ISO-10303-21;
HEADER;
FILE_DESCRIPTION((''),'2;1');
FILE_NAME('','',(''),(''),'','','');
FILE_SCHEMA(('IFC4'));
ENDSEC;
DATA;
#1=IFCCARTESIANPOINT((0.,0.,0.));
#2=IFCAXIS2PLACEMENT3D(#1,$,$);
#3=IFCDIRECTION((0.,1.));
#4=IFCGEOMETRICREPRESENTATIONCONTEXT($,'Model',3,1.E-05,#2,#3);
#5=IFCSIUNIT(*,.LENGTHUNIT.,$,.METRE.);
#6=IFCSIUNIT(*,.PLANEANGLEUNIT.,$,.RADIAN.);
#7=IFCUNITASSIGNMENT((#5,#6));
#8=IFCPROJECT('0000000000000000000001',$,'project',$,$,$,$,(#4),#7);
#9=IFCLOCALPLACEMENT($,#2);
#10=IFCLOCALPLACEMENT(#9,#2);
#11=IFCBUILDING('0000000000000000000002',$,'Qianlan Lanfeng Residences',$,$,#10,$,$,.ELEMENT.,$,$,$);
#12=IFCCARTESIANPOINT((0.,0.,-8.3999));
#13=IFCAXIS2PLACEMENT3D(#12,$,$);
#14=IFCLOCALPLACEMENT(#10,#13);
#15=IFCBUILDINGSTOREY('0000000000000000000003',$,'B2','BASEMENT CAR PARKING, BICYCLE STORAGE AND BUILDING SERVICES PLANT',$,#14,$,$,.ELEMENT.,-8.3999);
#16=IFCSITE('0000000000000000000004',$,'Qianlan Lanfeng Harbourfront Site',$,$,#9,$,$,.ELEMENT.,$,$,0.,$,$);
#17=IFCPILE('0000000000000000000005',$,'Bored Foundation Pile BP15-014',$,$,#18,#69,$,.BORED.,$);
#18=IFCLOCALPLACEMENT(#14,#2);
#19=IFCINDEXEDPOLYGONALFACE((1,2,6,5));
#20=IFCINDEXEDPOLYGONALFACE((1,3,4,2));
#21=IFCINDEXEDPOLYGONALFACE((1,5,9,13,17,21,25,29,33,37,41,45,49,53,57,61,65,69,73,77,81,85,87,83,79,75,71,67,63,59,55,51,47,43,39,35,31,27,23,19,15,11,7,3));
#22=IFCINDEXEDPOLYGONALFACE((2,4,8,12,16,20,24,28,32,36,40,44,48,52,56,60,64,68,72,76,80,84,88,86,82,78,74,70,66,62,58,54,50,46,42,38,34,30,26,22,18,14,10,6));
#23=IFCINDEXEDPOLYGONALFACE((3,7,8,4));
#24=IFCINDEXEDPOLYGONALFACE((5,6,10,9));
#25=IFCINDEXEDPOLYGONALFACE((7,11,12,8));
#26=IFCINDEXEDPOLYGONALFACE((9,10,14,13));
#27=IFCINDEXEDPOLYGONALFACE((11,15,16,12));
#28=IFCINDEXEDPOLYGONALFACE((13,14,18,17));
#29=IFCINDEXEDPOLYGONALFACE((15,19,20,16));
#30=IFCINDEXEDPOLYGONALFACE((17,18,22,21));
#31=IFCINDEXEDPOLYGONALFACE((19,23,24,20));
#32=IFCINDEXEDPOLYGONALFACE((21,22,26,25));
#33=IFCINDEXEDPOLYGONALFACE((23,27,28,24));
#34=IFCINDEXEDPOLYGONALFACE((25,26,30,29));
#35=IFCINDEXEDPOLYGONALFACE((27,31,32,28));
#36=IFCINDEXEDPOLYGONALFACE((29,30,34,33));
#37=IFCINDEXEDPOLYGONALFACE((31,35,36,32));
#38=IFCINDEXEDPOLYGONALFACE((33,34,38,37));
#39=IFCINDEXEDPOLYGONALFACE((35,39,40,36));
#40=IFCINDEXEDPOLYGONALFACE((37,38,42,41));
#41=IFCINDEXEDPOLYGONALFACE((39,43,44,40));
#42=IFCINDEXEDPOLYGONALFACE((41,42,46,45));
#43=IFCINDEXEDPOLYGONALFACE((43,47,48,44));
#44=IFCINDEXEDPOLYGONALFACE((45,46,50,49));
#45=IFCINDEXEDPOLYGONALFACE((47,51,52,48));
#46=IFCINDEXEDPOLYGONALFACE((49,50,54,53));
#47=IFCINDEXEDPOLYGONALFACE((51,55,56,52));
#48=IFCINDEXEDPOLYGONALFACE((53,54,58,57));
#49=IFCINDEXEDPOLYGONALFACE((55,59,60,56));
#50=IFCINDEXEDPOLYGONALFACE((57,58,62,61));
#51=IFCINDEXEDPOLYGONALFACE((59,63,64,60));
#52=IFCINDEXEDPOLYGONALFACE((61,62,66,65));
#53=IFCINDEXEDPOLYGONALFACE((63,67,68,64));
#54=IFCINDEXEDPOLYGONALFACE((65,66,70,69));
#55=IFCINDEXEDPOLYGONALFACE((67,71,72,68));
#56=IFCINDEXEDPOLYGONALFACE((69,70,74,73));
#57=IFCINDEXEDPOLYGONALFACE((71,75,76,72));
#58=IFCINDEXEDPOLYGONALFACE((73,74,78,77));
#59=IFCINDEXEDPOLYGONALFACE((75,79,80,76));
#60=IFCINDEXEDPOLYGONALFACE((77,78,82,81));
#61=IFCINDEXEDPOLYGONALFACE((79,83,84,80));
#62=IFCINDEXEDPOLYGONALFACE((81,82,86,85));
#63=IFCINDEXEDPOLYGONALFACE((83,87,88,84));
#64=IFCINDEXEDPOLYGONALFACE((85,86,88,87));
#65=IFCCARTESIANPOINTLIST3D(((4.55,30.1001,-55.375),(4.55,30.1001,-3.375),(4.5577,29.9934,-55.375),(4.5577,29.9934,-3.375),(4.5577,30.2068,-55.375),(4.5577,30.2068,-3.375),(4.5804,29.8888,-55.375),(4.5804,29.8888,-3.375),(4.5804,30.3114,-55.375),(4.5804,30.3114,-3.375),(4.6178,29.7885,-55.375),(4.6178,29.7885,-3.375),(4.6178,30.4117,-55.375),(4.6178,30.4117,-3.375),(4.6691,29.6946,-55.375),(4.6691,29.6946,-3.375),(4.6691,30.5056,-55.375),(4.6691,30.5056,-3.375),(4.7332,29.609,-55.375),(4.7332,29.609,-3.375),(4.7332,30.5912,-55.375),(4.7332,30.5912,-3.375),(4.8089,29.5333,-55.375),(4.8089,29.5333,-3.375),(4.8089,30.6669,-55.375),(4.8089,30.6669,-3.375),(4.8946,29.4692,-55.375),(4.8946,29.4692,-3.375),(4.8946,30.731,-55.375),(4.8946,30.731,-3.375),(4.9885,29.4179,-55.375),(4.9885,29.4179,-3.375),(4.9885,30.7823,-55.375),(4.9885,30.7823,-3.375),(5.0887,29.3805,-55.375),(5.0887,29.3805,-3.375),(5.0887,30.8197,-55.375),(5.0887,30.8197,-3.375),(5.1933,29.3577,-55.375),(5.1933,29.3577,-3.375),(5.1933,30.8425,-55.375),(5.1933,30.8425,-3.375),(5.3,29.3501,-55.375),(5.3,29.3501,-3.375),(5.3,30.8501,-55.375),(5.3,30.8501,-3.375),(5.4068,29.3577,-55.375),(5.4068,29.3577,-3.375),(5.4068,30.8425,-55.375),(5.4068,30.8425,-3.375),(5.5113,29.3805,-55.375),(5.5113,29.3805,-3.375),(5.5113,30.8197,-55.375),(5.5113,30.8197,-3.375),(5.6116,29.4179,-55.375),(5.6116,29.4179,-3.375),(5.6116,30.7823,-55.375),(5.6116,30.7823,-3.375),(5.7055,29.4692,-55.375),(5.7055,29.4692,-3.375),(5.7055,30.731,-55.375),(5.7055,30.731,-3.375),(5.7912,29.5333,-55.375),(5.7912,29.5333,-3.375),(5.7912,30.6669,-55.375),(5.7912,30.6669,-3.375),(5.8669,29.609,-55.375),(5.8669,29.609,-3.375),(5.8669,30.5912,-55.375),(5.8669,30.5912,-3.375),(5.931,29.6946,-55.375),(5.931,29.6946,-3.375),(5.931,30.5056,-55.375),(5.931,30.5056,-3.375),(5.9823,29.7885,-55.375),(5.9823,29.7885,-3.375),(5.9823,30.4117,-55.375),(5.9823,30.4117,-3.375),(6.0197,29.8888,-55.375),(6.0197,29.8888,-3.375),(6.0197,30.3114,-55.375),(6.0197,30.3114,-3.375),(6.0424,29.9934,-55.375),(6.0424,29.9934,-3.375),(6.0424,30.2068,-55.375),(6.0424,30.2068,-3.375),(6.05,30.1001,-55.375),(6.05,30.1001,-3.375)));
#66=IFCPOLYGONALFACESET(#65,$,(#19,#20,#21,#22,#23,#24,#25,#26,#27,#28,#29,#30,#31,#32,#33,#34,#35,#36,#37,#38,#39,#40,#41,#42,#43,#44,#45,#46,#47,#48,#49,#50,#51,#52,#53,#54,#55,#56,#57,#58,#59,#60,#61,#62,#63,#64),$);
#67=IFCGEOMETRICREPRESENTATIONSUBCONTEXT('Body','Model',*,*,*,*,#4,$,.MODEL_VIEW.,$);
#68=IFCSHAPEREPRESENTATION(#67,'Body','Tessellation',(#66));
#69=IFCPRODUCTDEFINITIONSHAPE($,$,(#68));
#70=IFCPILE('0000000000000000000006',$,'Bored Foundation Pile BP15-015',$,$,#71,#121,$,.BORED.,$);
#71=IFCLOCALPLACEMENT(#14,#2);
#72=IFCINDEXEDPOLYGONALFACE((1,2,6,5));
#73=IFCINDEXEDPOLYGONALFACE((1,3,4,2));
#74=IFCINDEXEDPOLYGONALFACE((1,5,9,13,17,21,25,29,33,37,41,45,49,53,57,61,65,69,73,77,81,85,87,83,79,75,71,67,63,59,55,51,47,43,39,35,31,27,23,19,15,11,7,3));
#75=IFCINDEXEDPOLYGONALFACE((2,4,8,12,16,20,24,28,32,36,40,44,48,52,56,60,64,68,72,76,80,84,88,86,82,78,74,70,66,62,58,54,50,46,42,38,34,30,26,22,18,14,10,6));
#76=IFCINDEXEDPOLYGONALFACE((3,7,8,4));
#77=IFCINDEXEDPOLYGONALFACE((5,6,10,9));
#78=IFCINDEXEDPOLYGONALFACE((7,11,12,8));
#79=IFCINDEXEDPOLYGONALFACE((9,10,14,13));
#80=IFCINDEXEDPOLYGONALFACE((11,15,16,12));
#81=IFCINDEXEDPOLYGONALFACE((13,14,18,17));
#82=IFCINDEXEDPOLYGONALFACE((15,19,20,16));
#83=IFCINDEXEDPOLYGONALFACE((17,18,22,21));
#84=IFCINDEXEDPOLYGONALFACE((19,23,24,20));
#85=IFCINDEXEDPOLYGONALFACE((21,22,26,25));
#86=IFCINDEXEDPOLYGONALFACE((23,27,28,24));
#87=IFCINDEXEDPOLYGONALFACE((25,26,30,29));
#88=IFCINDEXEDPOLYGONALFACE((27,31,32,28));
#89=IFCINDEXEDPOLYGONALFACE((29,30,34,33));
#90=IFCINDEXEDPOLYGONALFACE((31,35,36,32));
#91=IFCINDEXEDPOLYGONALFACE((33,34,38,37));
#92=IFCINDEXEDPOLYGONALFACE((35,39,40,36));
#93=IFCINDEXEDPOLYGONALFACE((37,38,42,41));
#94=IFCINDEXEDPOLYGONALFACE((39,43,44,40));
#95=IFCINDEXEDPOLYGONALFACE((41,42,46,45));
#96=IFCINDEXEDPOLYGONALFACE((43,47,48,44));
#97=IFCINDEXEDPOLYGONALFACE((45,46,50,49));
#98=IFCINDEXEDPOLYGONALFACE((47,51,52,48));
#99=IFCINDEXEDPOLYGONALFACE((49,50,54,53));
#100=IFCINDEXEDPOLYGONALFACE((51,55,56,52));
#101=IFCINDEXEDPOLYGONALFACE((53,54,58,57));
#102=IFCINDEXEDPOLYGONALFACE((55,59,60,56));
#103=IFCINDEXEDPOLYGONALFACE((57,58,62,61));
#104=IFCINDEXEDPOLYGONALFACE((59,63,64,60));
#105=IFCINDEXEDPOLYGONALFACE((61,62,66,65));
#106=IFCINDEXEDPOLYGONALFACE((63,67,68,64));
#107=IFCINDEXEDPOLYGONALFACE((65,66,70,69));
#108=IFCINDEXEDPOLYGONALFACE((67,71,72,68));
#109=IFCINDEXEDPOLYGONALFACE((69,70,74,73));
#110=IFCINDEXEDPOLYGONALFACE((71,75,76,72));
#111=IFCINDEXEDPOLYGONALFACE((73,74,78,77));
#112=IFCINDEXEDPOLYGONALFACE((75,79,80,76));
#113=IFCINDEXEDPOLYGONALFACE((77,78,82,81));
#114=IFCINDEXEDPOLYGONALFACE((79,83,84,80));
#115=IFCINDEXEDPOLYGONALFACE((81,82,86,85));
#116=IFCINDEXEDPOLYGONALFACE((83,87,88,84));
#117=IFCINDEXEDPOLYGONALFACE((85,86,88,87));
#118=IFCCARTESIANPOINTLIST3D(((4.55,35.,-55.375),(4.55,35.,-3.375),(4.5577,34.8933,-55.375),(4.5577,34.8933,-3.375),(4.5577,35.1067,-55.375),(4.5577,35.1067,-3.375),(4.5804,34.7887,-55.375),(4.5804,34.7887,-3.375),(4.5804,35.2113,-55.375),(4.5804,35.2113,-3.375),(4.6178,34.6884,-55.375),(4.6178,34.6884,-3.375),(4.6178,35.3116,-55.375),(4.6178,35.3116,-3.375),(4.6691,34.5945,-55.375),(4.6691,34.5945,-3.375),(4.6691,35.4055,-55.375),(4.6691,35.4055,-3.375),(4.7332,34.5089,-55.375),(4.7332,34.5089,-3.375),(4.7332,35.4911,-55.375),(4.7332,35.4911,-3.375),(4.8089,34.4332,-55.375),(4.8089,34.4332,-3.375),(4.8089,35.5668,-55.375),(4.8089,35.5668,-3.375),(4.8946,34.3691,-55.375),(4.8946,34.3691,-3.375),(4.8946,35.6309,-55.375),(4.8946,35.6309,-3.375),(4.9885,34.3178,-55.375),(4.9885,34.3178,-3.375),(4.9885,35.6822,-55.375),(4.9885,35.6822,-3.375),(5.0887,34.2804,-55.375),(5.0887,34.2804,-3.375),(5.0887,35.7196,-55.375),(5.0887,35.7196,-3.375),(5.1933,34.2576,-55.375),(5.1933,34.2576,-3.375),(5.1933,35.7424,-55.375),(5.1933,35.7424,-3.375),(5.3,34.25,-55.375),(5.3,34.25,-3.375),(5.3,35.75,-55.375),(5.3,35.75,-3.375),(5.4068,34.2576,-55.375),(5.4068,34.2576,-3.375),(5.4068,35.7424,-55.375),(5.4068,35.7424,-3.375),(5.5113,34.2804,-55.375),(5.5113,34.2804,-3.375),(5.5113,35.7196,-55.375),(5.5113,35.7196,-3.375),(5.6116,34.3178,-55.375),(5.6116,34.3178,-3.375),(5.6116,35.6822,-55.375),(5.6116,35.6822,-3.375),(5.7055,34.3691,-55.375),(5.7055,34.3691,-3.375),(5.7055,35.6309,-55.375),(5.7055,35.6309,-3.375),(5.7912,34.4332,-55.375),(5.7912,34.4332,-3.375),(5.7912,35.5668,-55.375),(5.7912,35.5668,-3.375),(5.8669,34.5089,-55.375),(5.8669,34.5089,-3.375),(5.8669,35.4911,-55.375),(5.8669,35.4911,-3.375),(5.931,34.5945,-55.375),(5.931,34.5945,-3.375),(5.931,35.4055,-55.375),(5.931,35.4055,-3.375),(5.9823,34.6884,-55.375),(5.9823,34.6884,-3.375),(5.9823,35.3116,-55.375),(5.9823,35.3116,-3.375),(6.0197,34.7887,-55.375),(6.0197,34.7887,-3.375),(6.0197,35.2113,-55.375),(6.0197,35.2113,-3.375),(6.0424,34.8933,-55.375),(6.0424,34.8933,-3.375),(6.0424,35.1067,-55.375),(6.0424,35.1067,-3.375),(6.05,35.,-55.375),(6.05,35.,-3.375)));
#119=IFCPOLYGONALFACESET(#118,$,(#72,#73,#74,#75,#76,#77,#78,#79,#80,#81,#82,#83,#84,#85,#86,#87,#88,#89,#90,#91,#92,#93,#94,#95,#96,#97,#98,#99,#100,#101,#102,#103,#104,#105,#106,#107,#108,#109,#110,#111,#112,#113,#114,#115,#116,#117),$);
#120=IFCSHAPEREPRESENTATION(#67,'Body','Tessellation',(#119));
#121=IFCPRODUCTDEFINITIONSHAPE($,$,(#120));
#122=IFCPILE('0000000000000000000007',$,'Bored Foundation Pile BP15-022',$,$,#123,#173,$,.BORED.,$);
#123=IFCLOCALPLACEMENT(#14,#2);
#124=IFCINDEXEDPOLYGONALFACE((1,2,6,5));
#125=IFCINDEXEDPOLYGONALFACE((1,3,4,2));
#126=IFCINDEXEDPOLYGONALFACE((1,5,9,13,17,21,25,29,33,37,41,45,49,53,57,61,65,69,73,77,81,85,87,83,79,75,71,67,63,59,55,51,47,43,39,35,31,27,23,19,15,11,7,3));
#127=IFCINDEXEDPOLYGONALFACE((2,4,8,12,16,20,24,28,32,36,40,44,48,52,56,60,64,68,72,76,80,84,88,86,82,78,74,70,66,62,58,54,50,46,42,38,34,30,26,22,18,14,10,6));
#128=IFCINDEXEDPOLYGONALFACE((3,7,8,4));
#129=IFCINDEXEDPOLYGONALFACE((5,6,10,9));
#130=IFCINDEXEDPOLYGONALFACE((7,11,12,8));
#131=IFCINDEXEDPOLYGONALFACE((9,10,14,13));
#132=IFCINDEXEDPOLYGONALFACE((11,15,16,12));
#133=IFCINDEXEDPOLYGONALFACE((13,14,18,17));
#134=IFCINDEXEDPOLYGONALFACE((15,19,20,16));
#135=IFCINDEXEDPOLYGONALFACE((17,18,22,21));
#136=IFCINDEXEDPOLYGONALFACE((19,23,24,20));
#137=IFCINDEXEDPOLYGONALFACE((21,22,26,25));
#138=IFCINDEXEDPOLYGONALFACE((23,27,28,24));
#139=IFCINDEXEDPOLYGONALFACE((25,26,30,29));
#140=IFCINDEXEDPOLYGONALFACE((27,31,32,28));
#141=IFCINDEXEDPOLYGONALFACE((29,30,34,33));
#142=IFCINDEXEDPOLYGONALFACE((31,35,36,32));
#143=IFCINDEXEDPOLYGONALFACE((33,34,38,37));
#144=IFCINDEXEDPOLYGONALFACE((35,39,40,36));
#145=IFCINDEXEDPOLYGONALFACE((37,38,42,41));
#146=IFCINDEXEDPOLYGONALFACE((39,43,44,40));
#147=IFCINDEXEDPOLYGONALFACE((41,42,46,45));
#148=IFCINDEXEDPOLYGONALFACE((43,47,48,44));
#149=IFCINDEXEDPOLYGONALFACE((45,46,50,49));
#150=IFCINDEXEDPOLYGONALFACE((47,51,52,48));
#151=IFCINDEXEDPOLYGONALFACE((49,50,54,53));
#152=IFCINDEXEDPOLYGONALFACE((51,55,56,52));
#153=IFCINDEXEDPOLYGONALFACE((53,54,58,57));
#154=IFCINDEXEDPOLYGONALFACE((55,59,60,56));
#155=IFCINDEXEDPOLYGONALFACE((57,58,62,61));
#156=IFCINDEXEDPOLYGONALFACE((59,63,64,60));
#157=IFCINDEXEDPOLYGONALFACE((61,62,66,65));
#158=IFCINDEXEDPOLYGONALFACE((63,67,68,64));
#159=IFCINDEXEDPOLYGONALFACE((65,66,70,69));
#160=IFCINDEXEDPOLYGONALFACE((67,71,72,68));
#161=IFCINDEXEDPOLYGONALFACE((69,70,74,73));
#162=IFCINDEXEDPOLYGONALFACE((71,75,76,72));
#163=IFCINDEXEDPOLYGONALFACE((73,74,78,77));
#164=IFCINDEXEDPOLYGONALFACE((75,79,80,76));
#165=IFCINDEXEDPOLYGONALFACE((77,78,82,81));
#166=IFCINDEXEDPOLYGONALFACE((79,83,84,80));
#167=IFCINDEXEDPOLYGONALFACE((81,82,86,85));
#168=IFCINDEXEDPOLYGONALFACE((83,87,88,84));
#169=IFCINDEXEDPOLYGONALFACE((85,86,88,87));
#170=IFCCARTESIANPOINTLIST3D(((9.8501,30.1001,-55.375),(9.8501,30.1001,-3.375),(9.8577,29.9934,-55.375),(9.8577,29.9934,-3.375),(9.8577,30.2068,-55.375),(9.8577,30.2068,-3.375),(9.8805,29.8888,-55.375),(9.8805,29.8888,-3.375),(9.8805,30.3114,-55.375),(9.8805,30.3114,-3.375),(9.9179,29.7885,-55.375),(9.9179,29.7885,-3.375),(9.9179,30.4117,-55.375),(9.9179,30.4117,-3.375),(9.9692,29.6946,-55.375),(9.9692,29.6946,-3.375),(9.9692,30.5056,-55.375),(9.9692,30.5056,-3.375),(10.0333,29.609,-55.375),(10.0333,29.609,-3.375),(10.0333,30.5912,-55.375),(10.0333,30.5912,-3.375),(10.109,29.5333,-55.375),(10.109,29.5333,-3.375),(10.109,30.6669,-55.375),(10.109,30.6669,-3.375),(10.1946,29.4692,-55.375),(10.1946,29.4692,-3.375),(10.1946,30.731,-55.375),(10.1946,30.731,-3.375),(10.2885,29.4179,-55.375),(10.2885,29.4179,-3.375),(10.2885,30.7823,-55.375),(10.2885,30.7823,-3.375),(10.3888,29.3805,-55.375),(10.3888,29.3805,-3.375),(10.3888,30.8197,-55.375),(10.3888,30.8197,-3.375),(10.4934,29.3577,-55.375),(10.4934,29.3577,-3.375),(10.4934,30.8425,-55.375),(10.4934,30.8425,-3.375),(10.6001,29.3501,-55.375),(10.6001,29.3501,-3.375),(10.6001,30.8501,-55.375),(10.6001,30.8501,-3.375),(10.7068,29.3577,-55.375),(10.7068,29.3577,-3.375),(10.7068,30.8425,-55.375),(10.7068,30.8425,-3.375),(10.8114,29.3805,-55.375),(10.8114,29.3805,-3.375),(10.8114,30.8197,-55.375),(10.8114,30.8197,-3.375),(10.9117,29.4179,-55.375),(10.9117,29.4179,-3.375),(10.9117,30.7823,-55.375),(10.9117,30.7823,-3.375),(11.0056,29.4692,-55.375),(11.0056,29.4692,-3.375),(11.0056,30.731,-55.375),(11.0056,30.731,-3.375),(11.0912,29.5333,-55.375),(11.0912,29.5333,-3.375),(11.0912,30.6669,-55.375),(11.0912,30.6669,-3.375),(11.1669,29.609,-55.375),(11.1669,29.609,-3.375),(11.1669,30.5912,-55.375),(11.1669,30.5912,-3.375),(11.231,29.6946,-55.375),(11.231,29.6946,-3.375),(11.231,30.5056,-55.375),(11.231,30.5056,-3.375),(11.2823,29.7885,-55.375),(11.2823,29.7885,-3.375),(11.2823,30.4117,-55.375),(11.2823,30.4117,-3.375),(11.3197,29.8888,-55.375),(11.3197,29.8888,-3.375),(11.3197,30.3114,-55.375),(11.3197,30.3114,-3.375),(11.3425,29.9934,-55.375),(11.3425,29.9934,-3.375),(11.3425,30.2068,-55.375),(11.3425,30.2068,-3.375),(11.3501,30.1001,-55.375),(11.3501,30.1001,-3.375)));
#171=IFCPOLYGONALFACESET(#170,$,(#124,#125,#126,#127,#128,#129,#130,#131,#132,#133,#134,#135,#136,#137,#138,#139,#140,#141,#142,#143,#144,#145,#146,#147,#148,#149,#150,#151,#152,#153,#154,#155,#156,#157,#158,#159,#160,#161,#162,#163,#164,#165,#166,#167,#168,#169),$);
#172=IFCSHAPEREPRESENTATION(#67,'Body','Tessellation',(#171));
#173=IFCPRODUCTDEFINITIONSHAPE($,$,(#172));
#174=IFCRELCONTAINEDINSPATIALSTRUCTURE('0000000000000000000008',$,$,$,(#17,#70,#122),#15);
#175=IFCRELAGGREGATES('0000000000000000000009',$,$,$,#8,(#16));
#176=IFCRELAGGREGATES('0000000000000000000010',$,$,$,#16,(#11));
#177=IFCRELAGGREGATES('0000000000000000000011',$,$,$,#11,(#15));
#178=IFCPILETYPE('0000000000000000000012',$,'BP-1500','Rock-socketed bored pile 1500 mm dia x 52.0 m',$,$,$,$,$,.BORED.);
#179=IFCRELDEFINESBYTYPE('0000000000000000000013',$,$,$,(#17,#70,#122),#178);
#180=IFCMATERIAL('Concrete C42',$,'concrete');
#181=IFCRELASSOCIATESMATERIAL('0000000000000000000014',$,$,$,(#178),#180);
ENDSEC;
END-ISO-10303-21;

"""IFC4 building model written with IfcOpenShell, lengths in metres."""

from ifc_helpers import new_model, si_unit, direction, frame, origin, origin_2d, place, context, subcontext, project, spatial, circle, extrude, material, material_profile, profile_set, type_object, element, save


model = new_model("IFC4")

# Units and contexts
model_context = context("Model", 3, precision=1e-05, world=origin(), true_north=direction((0.0, 1.0)))
body_context = subcontext(model_context, "Body", "Model", "MODEL_VIEW")
ifc_project = project(units=[si_unit("LENGTHUNIT", "METRE"), si_unit("PLANEANGLEUNIT", "RADIAN")], contexts=[model_context])

# Site, building, storey
site_placement = place(None, origin())
site = spatial("IfcSite", under=ifc_project, at=site_placement, Name="Qianlan Lanfeng Harbourfront Site", CompositionType="ELEMENT", RefElevation=0.0)
building_placement = place(site_placement, origin())
building = spatial("IfcBuilding", under=site, at=building_placement, Name="Qianlan Lanfeng Residences", CompositionType="ELEMENT")
storey_placement = place(building_placement, frame((0.0, 0.0, -8.3999)))
storey = spatial("IfcBuildingStorey", under=building, at=storey_placement, Name="B2", Description="BASEMENT CAR PARKING, BICYCLE STORAGE AND BUILDING SERVICES PLANT", CompositionType="ELEMENT", Elevation=-8.3999)

# Piles
ifc_material_1 = material(Name="Concrete C42", Category="concrete")
ifc_material_profile_1 = material_profile(ifc_material_1, circle(Radius=0.75, at=origin_2d()), Name="PILE D1500")
ifc_profile_set_1 = profile_set([ifc_material_profile_1], Name="Concrete C42")
pile_type = type_object("IfcPileType", Name="BP-1500", Description="Rock-socketed bored pile 1500 mm dia x 52.0 m", PredefinedType="BORED", material=ifc_profile_set_1)
for number, where, z_axis, x_axis, name in (
    (1, (5.3, 30.1001, -3.375), (0.0, 0.0, -1.0), (1.0, 0.0, 0.0), "Bored Foundation Pile BP15-014"),
    (2, (5.3, 35.0, -3.375), (0.0, 0.0, -1.0), (1.0, 0.0, 0.0), "Bored Foundation Pile BP15-015"),
    (3, (10.6001, 30.1001, -3.375), (0.0, 0.0, -1.0), (1.0, 0.0, 0.0), "Bored Foundation Pile BP15-022"),
):
    element("IfcPile", number, at=place(storey_placement, frame(where, z_axis=z_axis, x_axis=x_axis)), inside=storey, type_object=pile_type, Name=name, PredefinedType="BORED", context=body_context, shape_type="SweptSolid", body=[
        extrude(circle(Radius=0.75, at=origin_2d()), origin(), (0.0, 0.0, 1.0), 52.0),
    ])

save(model, "model.ifc")
